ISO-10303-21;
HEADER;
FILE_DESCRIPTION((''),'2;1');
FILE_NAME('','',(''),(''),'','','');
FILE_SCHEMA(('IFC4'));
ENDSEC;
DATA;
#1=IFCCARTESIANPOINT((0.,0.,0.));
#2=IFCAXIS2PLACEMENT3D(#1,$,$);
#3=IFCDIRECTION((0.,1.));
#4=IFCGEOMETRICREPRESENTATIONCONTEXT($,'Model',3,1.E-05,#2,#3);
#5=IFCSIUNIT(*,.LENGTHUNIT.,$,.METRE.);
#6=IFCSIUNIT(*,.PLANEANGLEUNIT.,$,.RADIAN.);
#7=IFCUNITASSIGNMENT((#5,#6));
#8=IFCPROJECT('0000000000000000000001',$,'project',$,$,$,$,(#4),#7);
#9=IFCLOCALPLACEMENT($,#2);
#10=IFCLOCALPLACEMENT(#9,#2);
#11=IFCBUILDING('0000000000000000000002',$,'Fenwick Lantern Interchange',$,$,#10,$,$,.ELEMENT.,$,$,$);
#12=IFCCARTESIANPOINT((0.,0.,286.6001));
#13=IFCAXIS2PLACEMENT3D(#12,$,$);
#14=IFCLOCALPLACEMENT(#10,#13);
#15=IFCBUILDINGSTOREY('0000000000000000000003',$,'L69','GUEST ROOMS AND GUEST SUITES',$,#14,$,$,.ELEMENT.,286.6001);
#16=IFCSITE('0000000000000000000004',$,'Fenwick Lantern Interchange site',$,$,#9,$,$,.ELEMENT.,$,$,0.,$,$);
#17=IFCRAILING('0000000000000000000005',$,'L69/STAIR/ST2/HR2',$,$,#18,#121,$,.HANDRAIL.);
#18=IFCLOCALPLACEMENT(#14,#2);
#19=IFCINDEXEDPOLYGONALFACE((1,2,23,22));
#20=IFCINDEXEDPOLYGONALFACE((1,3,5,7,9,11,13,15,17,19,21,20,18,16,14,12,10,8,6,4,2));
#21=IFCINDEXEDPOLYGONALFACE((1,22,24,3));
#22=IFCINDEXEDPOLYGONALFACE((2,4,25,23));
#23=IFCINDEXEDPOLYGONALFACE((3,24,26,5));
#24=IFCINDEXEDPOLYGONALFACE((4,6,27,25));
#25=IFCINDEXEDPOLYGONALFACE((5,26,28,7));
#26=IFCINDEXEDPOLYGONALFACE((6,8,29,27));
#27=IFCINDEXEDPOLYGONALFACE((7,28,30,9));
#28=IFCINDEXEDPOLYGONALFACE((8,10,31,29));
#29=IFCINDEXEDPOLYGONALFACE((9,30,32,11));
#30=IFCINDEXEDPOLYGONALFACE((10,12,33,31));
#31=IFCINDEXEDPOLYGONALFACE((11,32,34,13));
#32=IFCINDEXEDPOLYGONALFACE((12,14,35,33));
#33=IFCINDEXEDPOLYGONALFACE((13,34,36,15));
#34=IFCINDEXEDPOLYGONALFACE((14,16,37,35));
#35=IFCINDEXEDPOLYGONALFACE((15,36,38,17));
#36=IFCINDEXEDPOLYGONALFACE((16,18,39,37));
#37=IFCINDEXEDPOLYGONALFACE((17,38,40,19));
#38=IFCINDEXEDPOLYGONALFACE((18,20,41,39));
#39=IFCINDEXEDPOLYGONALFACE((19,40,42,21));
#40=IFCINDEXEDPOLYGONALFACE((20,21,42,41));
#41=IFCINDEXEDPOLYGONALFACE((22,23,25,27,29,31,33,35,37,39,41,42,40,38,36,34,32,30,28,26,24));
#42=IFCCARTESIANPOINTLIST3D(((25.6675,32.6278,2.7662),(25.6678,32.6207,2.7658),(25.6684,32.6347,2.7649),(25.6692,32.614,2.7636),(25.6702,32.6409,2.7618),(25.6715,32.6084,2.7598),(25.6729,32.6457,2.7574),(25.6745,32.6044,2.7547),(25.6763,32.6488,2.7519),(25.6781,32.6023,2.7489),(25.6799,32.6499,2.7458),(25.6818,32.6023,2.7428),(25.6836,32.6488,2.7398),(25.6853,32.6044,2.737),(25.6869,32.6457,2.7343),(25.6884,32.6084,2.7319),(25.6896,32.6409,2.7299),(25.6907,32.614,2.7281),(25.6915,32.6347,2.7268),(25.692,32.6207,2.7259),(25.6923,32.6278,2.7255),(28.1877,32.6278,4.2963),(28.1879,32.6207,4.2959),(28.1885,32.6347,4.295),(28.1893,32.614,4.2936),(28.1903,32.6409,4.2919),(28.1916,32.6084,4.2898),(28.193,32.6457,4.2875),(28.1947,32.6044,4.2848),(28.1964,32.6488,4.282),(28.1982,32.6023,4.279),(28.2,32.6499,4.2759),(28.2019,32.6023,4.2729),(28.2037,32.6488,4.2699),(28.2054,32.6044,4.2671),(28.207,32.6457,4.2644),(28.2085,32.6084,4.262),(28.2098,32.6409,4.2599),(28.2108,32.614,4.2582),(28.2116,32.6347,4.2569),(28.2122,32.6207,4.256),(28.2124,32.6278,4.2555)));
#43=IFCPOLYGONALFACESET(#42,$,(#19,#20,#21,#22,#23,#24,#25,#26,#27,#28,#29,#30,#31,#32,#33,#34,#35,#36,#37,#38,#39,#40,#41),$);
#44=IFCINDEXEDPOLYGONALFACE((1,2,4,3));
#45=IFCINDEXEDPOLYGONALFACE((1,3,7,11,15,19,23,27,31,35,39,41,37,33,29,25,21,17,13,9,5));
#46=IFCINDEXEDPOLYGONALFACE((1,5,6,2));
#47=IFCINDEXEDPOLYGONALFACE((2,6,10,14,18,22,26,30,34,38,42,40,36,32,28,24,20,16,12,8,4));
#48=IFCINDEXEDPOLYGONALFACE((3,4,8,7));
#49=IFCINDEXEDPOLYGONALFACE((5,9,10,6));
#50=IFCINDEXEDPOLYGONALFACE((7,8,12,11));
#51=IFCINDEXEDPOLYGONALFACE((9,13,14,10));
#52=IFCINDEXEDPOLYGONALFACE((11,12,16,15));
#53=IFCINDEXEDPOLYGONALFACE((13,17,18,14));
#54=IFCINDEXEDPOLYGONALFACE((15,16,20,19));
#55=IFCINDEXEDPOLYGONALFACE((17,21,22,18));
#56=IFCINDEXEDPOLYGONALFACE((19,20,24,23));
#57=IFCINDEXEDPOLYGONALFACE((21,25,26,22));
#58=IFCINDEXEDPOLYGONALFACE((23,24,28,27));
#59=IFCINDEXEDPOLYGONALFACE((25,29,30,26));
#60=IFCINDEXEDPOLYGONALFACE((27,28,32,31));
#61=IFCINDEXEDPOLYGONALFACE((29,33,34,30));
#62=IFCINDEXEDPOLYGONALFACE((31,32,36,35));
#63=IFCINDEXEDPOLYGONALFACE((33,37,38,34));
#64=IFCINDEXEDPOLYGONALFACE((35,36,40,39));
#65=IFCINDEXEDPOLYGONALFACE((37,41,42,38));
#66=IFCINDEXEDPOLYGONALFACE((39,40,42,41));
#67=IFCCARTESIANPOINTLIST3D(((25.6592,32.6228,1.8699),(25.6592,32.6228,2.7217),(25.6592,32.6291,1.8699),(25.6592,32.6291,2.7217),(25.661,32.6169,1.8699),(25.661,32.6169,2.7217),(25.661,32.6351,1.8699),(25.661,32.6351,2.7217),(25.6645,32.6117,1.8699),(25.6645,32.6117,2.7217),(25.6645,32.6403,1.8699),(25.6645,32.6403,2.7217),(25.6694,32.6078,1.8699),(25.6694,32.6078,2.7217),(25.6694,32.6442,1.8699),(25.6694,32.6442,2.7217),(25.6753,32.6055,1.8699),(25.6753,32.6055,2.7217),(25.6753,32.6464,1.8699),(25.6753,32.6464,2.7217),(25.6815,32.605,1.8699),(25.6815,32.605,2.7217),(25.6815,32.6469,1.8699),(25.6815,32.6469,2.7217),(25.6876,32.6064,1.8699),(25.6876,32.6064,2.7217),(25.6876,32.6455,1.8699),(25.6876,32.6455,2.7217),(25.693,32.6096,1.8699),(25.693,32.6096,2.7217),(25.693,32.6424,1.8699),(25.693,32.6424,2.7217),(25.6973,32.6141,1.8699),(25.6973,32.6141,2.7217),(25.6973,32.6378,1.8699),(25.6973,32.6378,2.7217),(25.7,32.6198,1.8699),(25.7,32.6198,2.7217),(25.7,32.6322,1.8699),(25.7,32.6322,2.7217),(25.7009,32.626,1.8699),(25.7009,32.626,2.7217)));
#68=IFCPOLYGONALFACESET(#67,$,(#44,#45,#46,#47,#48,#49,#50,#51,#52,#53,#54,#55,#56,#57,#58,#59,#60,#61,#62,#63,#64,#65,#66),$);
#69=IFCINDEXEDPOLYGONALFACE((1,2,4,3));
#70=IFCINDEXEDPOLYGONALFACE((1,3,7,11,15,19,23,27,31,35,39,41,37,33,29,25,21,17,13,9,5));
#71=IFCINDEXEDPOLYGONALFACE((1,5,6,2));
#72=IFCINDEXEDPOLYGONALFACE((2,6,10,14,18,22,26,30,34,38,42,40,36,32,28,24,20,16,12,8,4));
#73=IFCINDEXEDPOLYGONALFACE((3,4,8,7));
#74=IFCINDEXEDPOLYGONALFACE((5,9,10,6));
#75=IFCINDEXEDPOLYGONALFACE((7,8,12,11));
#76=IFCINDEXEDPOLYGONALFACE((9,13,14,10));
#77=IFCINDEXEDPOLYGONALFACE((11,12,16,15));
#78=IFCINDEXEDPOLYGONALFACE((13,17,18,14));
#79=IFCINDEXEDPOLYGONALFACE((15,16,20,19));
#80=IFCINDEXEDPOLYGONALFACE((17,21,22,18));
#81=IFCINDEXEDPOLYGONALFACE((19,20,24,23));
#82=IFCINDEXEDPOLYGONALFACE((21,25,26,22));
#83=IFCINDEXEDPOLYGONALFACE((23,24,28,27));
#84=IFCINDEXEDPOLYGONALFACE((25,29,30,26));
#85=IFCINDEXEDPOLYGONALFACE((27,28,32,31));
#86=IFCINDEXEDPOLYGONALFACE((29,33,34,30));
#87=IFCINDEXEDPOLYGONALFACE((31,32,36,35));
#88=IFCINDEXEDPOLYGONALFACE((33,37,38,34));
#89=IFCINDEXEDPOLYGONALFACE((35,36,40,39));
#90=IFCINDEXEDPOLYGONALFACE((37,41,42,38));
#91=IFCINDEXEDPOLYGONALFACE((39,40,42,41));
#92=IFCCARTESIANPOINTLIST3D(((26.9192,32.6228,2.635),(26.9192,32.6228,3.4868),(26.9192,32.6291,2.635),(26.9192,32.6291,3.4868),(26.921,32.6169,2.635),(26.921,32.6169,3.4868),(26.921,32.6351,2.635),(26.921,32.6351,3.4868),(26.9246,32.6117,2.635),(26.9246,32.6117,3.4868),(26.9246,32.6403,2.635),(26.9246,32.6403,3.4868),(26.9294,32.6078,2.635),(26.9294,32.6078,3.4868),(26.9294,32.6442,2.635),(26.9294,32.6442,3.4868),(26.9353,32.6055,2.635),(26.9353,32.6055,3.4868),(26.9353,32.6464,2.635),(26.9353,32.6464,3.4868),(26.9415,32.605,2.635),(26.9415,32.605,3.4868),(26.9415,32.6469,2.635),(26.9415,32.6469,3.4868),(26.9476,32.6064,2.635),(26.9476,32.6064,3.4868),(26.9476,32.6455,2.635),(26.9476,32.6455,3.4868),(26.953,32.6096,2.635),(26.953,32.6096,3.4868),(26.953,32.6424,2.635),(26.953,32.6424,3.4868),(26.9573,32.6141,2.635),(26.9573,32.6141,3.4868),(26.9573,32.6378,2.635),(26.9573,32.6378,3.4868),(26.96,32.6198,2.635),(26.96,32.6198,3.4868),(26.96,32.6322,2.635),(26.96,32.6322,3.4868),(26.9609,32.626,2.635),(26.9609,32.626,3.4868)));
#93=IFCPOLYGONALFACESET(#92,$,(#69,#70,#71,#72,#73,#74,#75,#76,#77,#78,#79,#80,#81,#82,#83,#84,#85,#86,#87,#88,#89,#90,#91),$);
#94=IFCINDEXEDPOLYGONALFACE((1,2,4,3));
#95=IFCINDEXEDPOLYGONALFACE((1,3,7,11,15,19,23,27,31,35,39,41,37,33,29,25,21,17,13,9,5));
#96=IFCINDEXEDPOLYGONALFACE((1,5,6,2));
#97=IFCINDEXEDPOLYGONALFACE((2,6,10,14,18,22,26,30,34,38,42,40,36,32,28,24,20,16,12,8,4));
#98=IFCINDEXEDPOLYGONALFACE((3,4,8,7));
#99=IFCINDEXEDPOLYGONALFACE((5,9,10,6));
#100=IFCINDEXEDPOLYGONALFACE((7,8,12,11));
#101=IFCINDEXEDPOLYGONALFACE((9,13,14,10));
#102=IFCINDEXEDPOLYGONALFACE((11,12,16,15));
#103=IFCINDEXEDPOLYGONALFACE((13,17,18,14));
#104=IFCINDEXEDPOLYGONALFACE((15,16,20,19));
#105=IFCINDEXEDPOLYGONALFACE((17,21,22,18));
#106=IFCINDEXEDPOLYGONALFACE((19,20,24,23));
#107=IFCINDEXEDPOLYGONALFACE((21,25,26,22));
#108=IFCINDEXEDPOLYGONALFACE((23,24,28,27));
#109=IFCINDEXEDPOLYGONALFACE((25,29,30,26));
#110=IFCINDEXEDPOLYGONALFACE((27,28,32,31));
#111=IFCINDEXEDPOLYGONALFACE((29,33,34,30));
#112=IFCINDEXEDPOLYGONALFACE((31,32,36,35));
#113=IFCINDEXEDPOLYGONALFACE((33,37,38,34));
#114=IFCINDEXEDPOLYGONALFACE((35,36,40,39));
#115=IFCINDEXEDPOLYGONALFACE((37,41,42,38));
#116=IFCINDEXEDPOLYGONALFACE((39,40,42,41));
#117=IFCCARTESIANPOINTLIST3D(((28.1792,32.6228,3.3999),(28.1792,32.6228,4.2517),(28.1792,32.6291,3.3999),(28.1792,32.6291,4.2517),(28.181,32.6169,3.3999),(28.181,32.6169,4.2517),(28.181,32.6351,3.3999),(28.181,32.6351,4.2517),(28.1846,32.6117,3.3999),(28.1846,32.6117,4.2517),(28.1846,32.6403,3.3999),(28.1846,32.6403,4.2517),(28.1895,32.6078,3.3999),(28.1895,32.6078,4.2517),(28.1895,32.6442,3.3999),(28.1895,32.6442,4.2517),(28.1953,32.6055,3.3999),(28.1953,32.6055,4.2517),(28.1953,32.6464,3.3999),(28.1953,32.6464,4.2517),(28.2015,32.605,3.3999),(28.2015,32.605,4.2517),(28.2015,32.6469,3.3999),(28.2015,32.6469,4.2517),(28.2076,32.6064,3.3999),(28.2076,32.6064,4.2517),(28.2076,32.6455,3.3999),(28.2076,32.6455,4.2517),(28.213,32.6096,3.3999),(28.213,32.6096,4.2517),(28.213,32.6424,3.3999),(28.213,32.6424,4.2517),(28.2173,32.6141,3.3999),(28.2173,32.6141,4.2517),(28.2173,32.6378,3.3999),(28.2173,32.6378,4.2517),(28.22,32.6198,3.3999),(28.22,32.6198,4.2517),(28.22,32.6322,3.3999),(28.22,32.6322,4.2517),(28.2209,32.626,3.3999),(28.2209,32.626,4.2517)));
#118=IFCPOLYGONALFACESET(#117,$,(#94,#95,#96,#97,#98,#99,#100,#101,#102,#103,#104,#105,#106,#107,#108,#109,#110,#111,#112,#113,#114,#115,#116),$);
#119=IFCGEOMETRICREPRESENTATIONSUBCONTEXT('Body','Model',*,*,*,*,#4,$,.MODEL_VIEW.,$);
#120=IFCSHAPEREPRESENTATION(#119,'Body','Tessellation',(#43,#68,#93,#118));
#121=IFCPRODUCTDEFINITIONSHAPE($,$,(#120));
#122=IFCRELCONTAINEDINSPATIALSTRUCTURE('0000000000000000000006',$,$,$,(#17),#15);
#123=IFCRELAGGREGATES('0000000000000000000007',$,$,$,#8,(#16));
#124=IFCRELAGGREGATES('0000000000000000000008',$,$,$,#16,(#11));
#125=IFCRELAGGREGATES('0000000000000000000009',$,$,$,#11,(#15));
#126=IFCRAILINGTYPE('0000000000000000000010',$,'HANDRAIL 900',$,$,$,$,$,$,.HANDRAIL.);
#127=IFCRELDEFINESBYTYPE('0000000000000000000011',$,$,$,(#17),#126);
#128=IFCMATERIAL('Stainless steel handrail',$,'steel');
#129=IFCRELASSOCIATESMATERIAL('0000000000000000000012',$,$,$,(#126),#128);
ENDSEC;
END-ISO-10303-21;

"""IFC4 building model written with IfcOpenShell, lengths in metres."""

from ifc_helpers import new_model, si_unit, direction, frame, origin, origin_2d, place, context, subcontext, project, spatial, circle, extrude, material, type_object, element, save


model = new_model("IFC4")

# Units and contexts
model_context = context("Model", 3, precision=1e-05, world=origin(), true_north=direction((0.0, 1.0)))
body_context = subcontext(model_context, "Body", "Model", "MODEL_VIEW")
ifc_project = project(units=[si_unit("LENGTHUNIT", "METRE"), si_unit("PLANEANGLEUNIT", "RADIAN")], contexts=[model_context])

# Site, building, storey
site_placement = place(None, origin())
site = spatial("IfcSite", under=ifc_project, at=site_placement, Name="Fenwick Lantern Interchange site", CompositionType="ELEMENT", RefElevation=0.0)
building_placement = place(site_placement, origin())
building = spatial("IfcBuilding", under=site, at=building_placement, Name="Fenwick Lantern Interchange", CompositionType="ELEMENT")
storey_placement = place(building_placement, frame((0.0, 0.0, 286.6001)))
storey = spatial("IfcBuildingStorey", under=building, at=storey_placement, Name="L69", Description="GUEST ROOMS AND GUEST SUITES", CompositionType="ELEMENT", Elevation=286.6001)

# Railing
ifc_material_1 = material(Name="Stainless steel handrail", Category="steel")
railing_type = type_object("IfcRailingType", Name="HANDRAIL 900", PredefinedType="HANDRAIL", material=ifc_material_1)
railing_1_placement = place(storey_placement, frame((25.6799, 32.626, 1.8699)))
element("IfcRailing", 1, at=railing_1_placement, inside=storey, type_object=railing_type, Name="L69/STAIR/ST2/HR2", PredefinedType="HANDRAIL", context=body_context, shape_type="SweptSolid", body=[
    extrude(circle(Radius=0.0239, at=origin_2d()), frame((0.0, 0.0, 0.876), z_axis=(0.854785, 0.0, 0.518982), x_axis=(0.0, 1.0, 0.0)), (0.0, 0.0, 1.0), 2.9482),
    extrude(circle(Radius=0.021, at=origin_2d()), origin(), (0.0, 0.0, 1.0), 0.8518),
    extrude(circle(Radius=0.021, at=origin_2d()), frame((1.26, 0.0, 0.7651)), (0.0, 0.0, 1.0), 0.8518),
    extrude(circle(Radius=0.021, at=origin_2d()), frame((2.52, 0.0, 1.53)), (0.0, 0.0, 1.0), 0.8518),
])

save(model, "model.ifc")
